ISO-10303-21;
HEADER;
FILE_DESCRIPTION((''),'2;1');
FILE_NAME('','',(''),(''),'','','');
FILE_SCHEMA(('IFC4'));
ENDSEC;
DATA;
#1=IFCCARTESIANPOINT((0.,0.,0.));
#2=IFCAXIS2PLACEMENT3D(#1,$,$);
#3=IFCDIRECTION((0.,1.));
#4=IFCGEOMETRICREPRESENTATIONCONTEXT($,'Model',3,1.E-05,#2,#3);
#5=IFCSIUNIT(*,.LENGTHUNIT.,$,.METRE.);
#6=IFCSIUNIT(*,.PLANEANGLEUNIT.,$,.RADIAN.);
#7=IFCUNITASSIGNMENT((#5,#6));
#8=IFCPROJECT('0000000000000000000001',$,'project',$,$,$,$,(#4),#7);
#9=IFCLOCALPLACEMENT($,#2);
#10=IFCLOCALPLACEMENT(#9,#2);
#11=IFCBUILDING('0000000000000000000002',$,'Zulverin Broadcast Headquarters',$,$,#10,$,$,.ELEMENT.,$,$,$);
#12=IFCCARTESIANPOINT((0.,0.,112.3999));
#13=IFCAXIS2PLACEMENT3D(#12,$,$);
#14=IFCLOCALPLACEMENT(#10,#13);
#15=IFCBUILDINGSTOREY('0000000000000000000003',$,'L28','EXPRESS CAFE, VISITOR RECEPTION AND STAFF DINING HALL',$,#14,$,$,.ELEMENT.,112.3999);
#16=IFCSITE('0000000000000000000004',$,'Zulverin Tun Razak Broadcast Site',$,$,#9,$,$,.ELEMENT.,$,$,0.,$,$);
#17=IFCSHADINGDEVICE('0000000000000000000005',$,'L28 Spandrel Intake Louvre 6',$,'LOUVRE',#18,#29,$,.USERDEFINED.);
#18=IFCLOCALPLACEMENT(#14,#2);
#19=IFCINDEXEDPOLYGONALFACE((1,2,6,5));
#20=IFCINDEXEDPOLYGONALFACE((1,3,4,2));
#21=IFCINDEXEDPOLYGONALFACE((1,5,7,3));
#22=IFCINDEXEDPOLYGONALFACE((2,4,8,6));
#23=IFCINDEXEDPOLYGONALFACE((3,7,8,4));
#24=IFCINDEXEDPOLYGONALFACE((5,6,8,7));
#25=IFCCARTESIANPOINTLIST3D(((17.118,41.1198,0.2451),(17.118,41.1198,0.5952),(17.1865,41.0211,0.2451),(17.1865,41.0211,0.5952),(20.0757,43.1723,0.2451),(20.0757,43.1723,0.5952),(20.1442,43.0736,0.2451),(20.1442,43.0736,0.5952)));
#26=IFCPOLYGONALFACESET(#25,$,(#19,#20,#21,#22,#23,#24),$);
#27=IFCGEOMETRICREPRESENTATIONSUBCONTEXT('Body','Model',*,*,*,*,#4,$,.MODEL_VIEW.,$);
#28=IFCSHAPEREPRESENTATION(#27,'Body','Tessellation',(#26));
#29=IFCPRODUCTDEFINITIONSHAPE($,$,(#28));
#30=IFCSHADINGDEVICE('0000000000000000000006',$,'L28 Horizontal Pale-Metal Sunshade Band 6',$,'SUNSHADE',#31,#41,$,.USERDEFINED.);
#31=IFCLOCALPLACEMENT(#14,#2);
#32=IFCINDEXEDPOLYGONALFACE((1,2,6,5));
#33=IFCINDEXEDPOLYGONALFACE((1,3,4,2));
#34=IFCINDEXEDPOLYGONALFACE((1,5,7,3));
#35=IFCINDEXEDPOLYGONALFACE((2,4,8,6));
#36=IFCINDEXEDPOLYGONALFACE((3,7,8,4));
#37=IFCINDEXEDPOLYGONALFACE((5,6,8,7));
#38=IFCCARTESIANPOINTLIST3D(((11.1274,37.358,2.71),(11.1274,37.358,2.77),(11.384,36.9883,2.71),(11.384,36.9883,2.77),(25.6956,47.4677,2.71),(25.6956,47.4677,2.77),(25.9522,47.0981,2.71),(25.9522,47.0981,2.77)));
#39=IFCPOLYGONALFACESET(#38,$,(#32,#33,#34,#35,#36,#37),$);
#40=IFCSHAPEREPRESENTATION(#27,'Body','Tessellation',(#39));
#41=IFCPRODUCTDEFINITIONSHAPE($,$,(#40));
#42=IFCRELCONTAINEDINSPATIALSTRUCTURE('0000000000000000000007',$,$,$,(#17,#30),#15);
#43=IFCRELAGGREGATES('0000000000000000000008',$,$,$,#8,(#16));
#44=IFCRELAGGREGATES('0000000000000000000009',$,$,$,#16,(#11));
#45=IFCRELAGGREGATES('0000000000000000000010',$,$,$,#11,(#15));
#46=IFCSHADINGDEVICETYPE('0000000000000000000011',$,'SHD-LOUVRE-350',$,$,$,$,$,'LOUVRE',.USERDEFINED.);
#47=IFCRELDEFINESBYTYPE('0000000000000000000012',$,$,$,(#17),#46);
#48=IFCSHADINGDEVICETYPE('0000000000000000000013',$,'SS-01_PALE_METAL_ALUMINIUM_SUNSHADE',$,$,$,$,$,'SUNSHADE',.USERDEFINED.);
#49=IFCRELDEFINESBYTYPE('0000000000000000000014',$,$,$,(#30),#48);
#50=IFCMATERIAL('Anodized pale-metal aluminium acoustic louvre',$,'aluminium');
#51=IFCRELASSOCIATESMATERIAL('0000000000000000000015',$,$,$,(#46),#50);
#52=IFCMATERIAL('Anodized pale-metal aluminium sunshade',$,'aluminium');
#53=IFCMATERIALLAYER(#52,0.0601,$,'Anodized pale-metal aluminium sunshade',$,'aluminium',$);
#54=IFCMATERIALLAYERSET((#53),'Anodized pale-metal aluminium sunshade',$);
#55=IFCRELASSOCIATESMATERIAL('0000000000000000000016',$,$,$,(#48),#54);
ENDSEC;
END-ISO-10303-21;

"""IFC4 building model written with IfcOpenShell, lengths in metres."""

from ifc_helpers import new_model, si_unit, direction, frame, origin, origin_2d, place, context, subcontext, project, spatial, rectangle, extrude, material, layer, layer_set, type_object, element, save


model = new_model("IFC4")

# Units and contexts
model_context = context("Model", 3, precision=1e-05, world=origin(), true_north=direction((0.0, 1.0)))
body_context = subcontext(model_context, "Body", "Model", "MODEL_VIEW")
ifc_project = project(units=[si_unit("LENGTHUNIT", "METRE"), si_unit("PLANEANGLEUNIT", "RADIAN")], contexts=[model_context])

# Site, building, storey
site_placement = place(None, origin())
site = spatial("IfcSite", under=ifc_project, at=site_placement, Name="Zulverin Tun Razak Broadcast Site", CompositionType="ELEMENT", RefElevation=0.0)
building_placement = place(site_placement, origin())
building = spatial("IfcBuilding", under=site, at=building_placement, Name="Zulverin Broadcast Headquarters", CompositionType="ELEMENT")
storey_placement = place(building_placement, frame((0.0, 0.0, 112.3999)))
storey = spatial("IfcBuildingStorey", under=building, at=storey_placement, Name="L28", Description="EXPRESS CAFE, VISITOR RECEPTION AND STAFF DINING HALL", CompositionType="ELEMENT", Elevation=112.3999)

# Shading devices
ifc_material_1 = material(Name="Anodized pale-metal aluminium acoustic louvre", Category="aluminium")
shading_device_type_1 = type_object("IfcShadingDeviceType", Name="SHD-LOUVRE-350", ElementType="LOUVRE", PredefinedType="USERDEFINED", material=ifc_material_1)
shading_device_1_placement = place(storey_placement, frame((18.6311, 42.0967, 0.2451), z_axis=(0.0, 0.0, 1.0), x_axis=(-0.821556, -0.570127, 0.0)))
element("IfcShadingDevice", 1, at=shading_device_1_placement, inside=storey, type_object=shading_device_type_1, Name="L28 Spandrel Intake Louvre 6", ObjectType="LOUVRE", PredefinedType="USERDEFINED", context=body_context, shape_type="SweptSolid", body=[
    extrude(rectangle(XDim=3.6001, YDim=0.1201, at=origin_2d()), origin(), (0.0, 0.0, 1.0), 0.3501),
])
ifc_material_2 = material(Name="Anodized pale-metal aluminium sunshade", Category="aluminium")
ifc_layer_1 = layer(ifc_material_2, 0.0601, Name="Anodized pale-metal aluminium sunshade", Category="aluminium")
ifc_layer_set_1 = layer_set([ifc_layer_1], Name="Anodized pale-metal aluminium sunshade")
shading_device_type_2 = type_object("IfcShadingDeviceType", Name="SS-01_PALE_METAL_ALUMINIUM_SUNSHADE", ElementType="SUNSHADE", PredefinedType="USERDEFINED", material=ifc_layer_set_1)
shading_device_2_placement = place(storey_placement, frame((18.5398, 42.228, 2.71), z_axis=(0.0, 0.0, 1.0), x_axis=(-0.821556, -0.570127, 0.0)))
element("IfcShadingDevice", 2, at=shading_device_2_placement, inside=storey, type_object=shading_device_type_2, Name="L28 Horizontal Pale-Metal Sunshade Band 6", ObjectType="SUNSHADE", PredefinedType="USERDEFINED", context=body_context, shape_type="SweptSolid", body=[
    extrude(rectangle(XDim=17.7324, YDim=0.45, at=origin_2d()), origin(), (0.0, 0.0, 1.0), 0.0601),
])

save(model, "model.ifc")
